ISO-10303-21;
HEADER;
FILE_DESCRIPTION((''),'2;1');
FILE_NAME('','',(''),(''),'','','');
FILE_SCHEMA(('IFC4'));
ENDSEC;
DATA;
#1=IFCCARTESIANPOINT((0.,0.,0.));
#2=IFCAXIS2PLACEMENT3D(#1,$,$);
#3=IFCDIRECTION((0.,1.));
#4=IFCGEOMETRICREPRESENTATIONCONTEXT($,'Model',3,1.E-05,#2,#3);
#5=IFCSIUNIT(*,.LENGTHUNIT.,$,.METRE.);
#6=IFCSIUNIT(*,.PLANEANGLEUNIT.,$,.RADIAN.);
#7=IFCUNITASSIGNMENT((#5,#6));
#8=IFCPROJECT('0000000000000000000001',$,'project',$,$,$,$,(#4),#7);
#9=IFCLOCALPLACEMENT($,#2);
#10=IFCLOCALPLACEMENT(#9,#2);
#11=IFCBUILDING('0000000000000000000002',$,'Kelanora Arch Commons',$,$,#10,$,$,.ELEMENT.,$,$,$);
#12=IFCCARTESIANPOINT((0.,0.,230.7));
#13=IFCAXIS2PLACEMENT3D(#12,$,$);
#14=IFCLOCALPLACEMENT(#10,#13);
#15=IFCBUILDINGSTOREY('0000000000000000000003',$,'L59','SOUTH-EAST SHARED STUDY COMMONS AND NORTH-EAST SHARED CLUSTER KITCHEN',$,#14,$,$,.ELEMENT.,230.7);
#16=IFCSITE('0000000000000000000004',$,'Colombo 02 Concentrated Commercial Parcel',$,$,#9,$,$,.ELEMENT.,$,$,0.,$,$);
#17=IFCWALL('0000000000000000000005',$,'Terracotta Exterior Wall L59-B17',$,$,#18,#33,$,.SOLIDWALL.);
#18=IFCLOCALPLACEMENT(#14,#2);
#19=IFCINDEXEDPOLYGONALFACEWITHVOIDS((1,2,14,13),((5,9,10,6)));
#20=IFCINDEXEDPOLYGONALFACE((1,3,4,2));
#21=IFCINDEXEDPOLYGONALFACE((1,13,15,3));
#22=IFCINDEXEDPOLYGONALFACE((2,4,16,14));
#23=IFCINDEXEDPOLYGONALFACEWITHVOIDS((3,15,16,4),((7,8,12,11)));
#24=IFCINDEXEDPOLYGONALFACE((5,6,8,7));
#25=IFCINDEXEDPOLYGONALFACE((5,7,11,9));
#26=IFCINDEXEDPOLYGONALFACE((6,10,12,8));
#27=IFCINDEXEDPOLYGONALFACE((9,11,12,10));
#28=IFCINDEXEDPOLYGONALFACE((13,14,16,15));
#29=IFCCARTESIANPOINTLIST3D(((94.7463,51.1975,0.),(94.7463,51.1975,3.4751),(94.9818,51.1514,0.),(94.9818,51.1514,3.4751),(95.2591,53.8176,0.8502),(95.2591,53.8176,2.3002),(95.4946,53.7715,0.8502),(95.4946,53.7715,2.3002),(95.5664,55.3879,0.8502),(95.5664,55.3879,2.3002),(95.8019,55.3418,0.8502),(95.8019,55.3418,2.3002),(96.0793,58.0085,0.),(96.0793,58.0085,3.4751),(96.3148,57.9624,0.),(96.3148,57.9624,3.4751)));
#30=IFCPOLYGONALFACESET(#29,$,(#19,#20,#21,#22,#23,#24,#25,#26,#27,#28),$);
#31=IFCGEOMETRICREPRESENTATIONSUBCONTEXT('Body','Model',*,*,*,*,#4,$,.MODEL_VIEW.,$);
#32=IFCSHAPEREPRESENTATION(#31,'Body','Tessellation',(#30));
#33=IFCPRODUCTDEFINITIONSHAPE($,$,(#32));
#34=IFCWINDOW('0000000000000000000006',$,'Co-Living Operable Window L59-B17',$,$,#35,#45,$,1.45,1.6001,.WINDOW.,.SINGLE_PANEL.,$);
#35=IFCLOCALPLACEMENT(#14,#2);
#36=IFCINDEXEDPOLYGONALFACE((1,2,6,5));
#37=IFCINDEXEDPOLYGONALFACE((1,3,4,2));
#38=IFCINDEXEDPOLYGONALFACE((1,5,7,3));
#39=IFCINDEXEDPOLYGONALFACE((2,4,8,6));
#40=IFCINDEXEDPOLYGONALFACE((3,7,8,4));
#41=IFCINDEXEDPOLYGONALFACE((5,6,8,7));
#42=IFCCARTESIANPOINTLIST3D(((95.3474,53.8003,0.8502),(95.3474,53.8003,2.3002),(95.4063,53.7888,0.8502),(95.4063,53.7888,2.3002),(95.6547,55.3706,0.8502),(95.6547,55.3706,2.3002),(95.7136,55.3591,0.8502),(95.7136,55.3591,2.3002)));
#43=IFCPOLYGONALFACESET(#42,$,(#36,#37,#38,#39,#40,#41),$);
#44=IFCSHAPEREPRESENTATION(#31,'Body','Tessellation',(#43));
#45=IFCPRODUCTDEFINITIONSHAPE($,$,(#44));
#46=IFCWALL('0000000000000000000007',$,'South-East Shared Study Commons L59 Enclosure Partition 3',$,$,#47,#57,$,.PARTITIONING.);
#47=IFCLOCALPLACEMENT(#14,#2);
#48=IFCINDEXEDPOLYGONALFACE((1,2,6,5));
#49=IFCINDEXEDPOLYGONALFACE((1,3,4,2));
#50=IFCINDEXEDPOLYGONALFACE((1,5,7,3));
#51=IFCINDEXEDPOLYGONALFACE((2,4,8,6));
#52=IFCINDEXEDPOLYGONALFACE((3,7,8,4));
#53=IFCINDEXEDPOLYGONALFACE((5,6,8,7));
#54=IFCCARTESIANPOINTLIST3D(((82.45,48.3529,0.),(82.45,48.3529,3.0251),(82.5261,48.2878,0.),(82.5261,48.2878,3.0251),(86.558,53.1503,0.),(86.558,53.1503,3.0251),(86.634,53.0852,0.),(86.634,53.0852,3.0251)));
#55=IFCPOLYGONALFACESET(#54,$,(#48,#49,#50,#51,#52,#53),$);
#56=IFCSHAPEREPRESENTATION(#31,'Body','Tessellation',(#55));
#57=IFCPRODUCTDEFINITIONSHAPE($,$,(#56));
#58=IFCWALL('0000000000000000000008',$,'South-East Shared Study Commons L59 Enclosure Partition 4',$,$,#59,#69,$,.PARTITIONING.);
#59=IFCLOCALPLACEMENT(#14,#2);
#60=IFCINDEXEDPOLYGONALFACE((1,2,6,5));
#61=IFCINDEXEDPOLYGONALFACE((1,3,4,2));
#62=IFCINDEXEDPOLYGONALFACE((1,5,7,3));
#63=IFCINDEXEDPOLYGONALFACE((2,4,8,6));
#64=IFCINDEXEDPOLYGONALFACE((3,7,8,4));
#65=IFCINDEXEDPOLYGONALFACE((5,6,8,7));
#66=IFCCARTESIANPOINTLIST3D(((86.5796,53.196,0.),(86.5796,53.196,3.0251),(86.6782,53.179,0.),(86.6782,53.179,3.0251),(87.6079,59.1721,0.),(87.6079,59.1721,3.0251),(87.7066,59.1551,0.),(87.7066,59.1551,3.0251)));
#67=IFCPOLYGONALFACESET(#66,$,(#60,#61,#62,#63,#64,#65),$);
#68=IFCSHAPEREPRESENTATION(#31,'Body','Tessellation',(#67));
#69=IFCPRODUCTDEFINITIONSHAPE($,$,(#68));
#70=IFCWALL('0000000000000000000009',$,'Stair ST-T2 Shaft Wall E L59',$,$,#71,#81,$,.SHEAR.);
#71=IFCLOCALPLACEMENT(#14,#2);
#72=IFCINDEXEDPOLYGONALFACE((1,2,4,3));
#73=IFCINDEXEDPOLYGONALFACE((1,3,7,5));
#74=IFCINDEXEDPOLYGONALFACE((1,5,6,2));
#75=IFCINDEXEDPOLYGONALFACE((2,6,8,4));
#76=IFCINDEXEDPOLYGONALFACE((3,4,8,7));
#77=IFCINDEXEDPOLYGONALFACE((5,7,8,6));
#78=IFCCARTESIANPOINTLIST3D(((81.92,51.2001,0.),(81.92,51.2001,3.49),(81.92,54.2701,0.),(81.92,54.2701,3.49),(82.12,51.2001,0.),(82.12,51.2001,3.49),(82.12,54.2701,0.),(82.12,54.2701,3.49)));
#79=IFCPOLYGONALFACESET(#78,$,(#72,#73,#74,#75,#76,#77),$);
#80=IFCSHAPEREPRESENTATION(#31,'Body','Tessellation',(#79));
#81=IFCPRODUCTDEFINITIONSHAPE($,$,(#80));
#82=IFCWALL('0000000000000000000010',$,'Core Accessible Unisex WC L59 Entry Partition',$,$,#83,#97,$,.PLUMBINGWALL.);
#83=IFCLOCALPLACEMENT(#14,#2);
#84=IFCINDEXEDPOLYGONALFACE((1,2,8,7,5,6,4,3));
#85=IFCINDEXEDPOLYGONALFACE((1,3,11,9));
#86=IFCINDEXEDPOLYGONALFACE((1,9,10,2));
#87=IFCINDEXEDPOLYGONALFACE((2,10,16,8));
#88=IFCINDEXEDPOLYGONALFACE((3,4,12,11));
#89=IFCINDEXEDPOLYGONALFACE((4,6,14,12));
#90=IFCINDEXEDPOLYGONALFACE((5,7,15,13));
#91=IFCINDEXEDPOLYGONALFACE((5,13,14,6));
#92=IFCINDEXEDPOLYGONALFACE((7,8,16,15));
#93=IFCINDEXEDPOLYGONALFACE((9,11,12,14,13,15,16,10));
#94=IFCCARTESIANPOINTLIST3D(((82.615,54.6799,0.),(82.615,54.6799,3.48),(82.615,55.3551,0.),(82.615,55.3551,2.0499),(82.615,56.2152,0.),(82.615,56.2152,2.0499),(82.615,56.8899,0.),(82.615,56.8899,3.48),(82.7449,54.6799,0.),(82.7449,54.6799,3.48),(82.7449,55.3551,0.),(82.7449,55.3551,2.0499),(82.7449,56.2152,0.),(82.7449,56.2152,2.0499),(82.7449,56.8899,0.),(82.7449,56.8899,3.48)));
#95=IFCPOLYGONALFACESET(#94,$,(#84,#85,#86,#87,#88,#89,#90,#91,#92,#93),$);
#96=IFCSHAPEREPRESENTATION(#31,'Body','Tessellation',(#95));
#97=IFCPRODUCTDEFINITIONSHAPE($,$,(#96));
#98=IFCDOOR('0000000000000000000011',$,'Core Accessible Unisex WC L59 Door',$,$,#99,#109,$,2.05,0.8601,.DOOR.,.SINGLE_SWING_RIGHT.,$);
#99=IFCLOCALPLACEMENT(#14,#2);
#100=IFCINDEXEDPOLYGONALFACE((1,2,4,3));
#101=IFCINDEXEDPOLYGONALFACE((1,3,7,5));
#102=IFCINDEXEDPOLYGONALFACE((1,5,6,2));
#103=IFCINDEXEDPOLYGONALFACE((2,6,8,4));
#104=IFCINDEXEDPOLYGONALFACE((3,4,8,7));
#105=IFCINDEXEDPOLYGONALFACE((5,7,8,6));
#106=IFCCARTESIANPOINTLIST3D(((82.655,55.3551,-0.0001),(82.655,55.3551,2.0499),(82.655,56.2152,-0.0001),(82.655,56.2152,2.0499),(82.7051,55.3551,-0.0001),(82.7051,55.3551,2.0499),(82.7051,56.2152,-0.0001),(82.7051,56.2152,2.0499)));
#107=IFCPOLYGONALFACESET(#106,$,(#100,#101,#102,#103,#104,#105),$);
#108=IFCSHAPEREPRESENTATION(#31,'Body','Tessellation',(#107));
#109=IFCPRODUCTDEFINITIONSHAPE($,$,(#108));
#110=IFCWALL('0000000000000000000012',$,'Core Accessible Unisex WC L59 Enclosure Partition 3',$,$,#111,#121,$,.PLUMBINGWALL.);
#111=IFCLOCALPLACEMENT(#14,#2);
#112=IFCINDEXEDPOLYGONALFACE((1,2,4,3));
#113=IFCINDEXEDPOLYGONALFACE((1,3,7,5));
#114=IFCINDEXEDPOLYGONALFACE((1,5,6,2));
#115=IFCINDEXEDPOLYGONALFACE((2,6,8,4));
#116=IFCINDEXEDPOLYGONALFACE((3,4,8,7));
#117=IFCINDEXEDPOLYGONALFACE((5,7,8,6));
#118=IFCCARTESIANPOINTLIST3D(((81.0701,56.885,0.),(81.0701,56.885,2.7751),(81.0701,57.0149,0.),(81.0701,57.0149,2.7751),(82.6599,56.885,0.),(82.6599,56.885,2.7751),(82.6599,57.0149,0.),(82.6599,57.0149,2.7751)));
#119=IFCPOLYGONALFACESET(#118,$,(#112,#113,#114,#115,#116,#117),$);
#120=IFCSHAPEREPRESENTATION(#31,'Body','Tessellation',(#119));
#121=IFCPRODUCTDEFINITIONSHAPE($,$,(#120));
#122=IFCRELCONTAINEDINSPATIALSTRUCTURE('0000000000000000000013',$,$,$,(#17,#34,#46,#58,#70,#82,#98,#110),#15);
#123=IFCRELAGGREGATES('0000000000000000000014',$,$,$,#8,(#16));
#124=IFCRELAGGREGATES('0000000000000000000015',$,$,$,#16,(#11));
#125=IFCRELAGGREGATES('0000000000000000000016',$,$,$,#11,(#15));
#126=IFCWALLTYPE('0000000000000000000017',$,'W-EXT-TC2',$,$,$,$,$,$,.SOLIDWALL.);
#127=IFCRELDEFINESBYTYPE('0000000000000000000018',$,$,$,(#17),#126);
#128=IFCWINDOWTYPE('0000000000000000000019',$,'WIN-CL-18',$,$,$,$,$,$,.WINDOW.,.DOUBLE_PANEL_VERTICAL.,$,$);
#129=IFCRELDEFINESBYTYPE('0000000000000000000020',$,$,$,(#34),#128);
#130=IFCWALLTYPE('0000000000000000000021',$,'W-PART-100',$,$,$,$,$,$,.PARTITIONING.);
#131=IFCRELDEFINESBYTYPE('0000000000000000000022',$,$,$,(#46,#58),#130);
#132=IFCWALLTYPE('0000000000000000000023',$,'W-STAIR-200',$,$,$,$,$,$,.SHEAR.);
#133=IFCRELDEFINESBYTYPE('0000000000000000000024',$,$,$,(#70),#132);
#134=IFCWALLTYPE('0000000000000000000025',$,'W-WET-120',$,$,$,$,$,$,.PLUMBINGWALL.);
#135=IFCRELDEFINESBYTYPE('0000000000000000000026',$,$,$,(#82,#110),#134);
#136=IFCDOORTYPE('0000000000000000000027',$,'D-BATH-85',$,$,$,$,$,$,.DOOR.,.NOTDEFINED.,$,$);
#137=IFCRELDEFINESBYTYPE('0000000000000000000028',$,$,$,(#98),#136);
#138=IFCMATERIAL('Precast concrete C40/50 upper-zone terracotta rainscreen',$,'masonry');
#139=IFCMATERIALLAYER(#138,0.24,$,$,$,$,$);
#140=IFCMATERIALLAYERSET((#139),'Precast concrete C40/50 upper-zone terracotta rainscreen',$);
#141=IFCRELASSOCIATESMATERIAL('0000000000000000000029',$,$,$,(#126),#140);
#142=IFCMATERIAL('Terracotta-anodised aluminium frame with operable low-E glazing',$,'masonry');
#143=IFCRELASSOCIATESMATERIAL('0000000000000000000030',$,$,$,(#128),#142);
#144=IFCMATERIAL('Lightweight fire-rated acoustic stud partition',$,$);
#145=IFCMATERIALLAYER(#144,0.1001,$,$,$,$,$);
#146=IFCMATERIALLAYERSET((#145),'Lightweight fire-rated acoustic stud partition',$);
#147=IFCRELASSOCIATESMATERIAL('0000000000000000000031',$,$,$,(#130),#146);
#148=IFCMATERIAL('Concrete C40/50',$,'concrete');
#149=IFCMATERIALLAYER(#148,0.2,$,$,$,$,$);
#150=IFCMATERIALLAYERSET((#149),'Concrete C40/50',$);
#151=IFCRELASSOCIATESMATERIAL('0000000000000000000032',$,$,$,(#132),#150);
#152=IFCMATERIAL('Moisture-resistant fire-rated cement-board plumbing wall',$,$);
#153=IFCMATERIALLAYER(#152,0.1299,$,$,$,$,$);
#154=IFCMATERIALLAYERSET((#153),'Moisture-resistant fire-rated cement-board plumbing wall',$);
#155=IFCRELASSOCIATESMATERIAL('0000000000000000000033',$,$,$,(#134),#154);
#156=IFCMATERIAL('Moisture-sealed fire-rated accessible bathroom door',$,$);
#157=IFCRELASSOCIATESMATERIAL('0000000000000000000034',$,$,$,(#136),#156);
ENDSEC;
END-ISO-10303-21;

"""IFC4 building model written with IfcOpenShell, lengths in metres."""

from ifc_helpers import new_model, si_unit, direction, frame, frame_2d, origin, place, context, subcontext, project, spatial, rectangle, extrude, material, layer, layer_set, type_object, element, fill, save


model = new_model("IFC4")

# Units and contexts
model_context = context("Model", 3, precision=1e-05, world=origin(), true_north=direction((0.0, 1.0)))
body_context = subcontext(model_context, "Body", "Model", "MODEL_VIEW")
ifc_project = project(units=[si_unit("LENGTHUNIT", "METRE"), si_unit("PLANEANGLEUNIT", "RADIAN")], contexts=[model_context])

# Site, building, storey
site_placement = place(None, origin())
site = spatial("IfcSite", under=ifc_project, at=site_placement, Name="Colombo 02 Concentrated Commercial Parcel", CompositionType="ELEMENT", RefElevation=0.0)
building_placement = place(site_placement, origin())
building = spatial("IfcBuilding", under=site, at=building_placement, Name="Kelanora Arch Commons", CompositionType="ELEMENT")
storey_placement = place(building_placement, frame((0.0, 0.0, 230.7)))
storey = spatial("IfcBuildingStorey", under=building, at=storey_placement, Name="L59", Description="SOUTH-EAST SHARED STUDY COMMONS AND NORTH-EAST SHARED CLUSTER KITCHEN", CompositionType="ELEMENT", Elevation=230.7)

# Wall, opening, window
ifc_material_1 = material(Name="Precast concrete C40/50 upper-zone terracotta rainscreen", Category="masonry")
ifc_layer_1 = layer(ifc_material_1, 0.24)
ifc_layer_set_1 = layer_set([ifc_layer_1], Name="Precast concrete C40/50 upper-zone terracotta rainscreen")
wall_type_1 = type_object("IfcWallType", Name="W-EXT-TC2", PredefinedType="SOLIDWALL", material=ifc_layer_set_1)
wall_1_placement = place(storey_placement, frame((94.864, 51.1743, 0.0), z_axis=(0.0, 0.0, 1.0), x_axis=(0.192069, 0.981381, 0.0)))
wall_1 = element("IfcWall", 1, at=wall_1_placement, inside=storey, type_object=wall_type_1, Name="Terracotta Exterior Wall L59-B17", PredefinedType="SOLIDWALL", context=body_context, shape_type="SweptSolid", body=[
    extrude(rectangle(XDim=6.9402, YDim=0.24, at=frame_2d((3.4702, 0.0))), origin(), (0.0, 0.0, 1.0), 3.4751),
])
opening_1_placement = place(wall_1_placement, frame((2.6699, 0.0, 0.8501)))
opening_1 = element("IfcOpeningElement", 2, at=opening_1_placement, cuts=wall_1, PredefinedType="OPENING", context=body_context, shape_type="SweptSolid", body=[
    extrude(rectangle(XDim=1.6001, YDim=1.45, at=frame_2d((0.8, 0.7251))), frame((0.0, 0.1299, 0.0), z_axis=(0.0, -1.0, 0.0), x_axis=(1.0, 0.0, 0.0)), (0.0, 0.0, 1.0), 0.26),
])
ifc_material_2 = material(Name="Terracotta-anodised aluminium frame with operable low-E glazing", Category="masonry")
window_type = type_object("IfcWindowType", Name="WIN-CL-18", PartitioningType="DOUBLE_PANEL_VERTICAL", PredefinedType="WINDOW", material=ifc_material_2)
window_placement = place(opening_1_placement, origin())
window = element("IfcWindow", 3, at=window_placement, inside=storey, type_object=window_type, Name="Co-Living Operable Window L59-B17", OverallHeight=1.45, OverallWidth=1.6001, PartitioningType="SINGLE_PANEL", PredefinedType="WINDOW", context=body_context, shape_type="SweptSolid", body=[
    extrude(rectangle(XDim=1.6001, YDim=1.45, at=frame_2d((0.8, 0.7251))), frame((0.0, 0.03, 0.0), z_axis=(0.0, -1.0, 0.0), x_axis=(1.0, 0.0, 0.0)), (0.0, 0.0, 1.0), 0.0601),
])
fill(opening_1, window)

# Walls
ifc_material_3 = material(Name="Lightweight fire-rated acoustic stud partition")
ifc_layer_2 = layer(ifc_material_3, 0.1001)
ifc_layer_set_2 = layer_set([ifc_layer_2], Name="Lightweight fire-rated acoustic stud partition")
wall_type_2 = type_object("IfcWallType", Name="W-PART-100", PredefinedType="PARTITIONING", material=ifc_layer_set_2)
wall_2_placement = place(storey_placement, frame((82.488, 48.3203, 0.0), z_axis=(0.0, 0.0, 1.0), x_axis=(0.650416, 0.759578, 0.0)))
element("IfcWall", 4, at=wall_2_placement, inside=storey, type_object=wall_type_2, Name="South-East Shared Study Commons L59 Enclosure Partition 3", PredefinedType="PARTITIONING", context=body_context, shape_type="SweptSolid", body=[
    extrude(rectangle(XDim=6.3159, YDim=0.1001, at=frame_2d((3.158, 0.0))), origin(), (0.0, 0.0, 1.0), 3.0251),
])
wall_3_placement = place(storey_placement, frame((86.6289, 53.1875, 0.0), z_axis=(0.0, 0.0, 1.0), x_axis=(0.169581, 0.985516, 0.0)))
element("IfcWall", 5, at=wall_3_placement, inside=storey, type_object=wall_type_2, Name="South-East Shared Study Commons L59 Enclosure Partition 4", PredefinedType="PARTITIONING", context=body_context, shape_type="SweptSolid", body=[
    extrude(rectangle(XDim=6.064, YDim=0.1001, at=frame_2d((3.032, 0.0))), origin(), (0.0, 0.0, 1.0), 3.0251),
])
ifc_material_4 = material(Name="Concrete C40/50", Category="concrete")
ifc_layer_3 = layer(ifc_material_4, 0.2)
ifc_layer_set_3 = layer_set([ifc_layer_3], Name="Concrete C40/50")
wall_type_3 = type_object("IfcWallType", Name="W-STAIR-200", PredefinedType="SHEAR", material=ifc_layer_set_3)
wall_4_placement = place(storey_placement, frame((82.02, 51.2, 0.0), z_axis=(0.0, 0.0, 1.0), x_axis=(0.0, 1.0, 0.0)))
element("IfcWall", 6, at=wall_4_placement, inside=storey, type_object=wall_type_3, Name="Stair ST-T2 Shaft Wall E L59", PredefinedType="SHEAR", context=body_context, shape_type="SweptSolid", body=[
    extrude(rectangle(XDim=3.0701, YDim=0.2, at=frame_2d((1.5352, 0.0))), origin(), (0.0, 0.0, 1.0), 3.49),
])

# Wall, opening, door
ifc_material_5 = material(Name="Moisture-resistant fire-rated cement-board plumbing wall")
ifc_layer_4 = layer(ifc_material_5, 0.1299)
ifc_layer_set_4 = layer_set([ifc_layer_4], Name="Moisture-resistant fire-rated cement-board plumbing wall")
wall_type_4 = type_object("IfcWallType", Name="W-WET-120", PredefinedType="PLUMBINGWALL", material=ifc_layer_set_4)
wall_5_placement = place(storey_placement, frame((82.6799, 54.6799, 0.0), z_axis=(0.0, 0.0, 1.0), x_axis=(0.0, 1.0, 0.0)))
wall_5 = element("IfcWall", 7, at=wall_5_placement, inside=storey, type_object=wall_type_4, Name="Core Accessible Unisex WC L59 Entry Partition", PredefinedType="PLUMBINGWALL", context=body_context, shape_type="SweptSolid", body=[
    extrude(rectangle(XDim=2.21, YDim=0.1299, at=frame_2d((1.105, 0.0))), origin(), (0.0, 0.0, 1.0), 3.48),
])
opening_2_placement = place(wall_5_placement, frame((0.675, 0.0, 0.0)))
opening_2 = element("IfcOpeningElement", 8, at=opening_2_placement, cuts=wall_5, PredefinedType="OPENING", context=body_context, shape_type="SweptSolid", body=[
    extrude(rectangle(XDim=0.8601, YDim=2.05, at=frame_2d((0.4302, 1.0249))), frame((0.0, 0.075, 0.0), z_axis=(0.0, -1.0, 0.0), x_axis=(1.0, 0.0, 0.0)), (0.0, 0.0, 1.0), 0.1499),
])
ifc_material_6 = material(Name="Moisture-sealed fire-rated accessible bathroom door")
door_type = type_object("IfcDoorType", Name="D-BATH-85", OperationType="NOTDEFINED", PredefinedType="DOOR", material=ifc_material_6)
door_placement = place(opening_2_placement, origin())
door = element("IfcDoor", 9, at=door_placement, inside=storey, type_object=door_type, Name="Core Accessible Unisex WC L59 Door", OperationType="SINGLE_SWING_RIGHT", OverallHeight=2.05, OverallWidth=0.8601, PredefinedType="DOOR", context=body_context, shape_type="SweptSolid", body=[
    extrude(rectangle(XDim=0.8601, YDim=2.05, at=frame_2d((0.4302, 1.0249))), frame((0.0, 0.0249, 0.0), z_axis=(0.0, -1.0, 0.0), x_axis=(1.0, 0.0, 0.0)), (0.0, 0.0, 1.0), 0.05),
])
fill(opening_2, door)

# Wall
wall_6_placement = place(storey_placement, frame((82.6599, 56.95, 0.0), z_axis=(0.0, 0.0, 1.0), x_axis=(-1.0, 0.0, 0.0)))
element("IfcWall", 10, at=wall_6_placement, inside=storey, type_object=wall_type_4, Name="Core Accessible Unisex WC L59 Enclosure Partition 3", PredefinedType="PLUMBINGWALL", context=body_context, shape_type="SweptSolid", body=[
    extrude(rectangle(XDim=1.5898, YDim=0.1299, at=frame_2d((0.7949, 0.0))), origin(), (0.0, 0.0, 1.0), 2.7751),
])

save(model, "model.ifc")
